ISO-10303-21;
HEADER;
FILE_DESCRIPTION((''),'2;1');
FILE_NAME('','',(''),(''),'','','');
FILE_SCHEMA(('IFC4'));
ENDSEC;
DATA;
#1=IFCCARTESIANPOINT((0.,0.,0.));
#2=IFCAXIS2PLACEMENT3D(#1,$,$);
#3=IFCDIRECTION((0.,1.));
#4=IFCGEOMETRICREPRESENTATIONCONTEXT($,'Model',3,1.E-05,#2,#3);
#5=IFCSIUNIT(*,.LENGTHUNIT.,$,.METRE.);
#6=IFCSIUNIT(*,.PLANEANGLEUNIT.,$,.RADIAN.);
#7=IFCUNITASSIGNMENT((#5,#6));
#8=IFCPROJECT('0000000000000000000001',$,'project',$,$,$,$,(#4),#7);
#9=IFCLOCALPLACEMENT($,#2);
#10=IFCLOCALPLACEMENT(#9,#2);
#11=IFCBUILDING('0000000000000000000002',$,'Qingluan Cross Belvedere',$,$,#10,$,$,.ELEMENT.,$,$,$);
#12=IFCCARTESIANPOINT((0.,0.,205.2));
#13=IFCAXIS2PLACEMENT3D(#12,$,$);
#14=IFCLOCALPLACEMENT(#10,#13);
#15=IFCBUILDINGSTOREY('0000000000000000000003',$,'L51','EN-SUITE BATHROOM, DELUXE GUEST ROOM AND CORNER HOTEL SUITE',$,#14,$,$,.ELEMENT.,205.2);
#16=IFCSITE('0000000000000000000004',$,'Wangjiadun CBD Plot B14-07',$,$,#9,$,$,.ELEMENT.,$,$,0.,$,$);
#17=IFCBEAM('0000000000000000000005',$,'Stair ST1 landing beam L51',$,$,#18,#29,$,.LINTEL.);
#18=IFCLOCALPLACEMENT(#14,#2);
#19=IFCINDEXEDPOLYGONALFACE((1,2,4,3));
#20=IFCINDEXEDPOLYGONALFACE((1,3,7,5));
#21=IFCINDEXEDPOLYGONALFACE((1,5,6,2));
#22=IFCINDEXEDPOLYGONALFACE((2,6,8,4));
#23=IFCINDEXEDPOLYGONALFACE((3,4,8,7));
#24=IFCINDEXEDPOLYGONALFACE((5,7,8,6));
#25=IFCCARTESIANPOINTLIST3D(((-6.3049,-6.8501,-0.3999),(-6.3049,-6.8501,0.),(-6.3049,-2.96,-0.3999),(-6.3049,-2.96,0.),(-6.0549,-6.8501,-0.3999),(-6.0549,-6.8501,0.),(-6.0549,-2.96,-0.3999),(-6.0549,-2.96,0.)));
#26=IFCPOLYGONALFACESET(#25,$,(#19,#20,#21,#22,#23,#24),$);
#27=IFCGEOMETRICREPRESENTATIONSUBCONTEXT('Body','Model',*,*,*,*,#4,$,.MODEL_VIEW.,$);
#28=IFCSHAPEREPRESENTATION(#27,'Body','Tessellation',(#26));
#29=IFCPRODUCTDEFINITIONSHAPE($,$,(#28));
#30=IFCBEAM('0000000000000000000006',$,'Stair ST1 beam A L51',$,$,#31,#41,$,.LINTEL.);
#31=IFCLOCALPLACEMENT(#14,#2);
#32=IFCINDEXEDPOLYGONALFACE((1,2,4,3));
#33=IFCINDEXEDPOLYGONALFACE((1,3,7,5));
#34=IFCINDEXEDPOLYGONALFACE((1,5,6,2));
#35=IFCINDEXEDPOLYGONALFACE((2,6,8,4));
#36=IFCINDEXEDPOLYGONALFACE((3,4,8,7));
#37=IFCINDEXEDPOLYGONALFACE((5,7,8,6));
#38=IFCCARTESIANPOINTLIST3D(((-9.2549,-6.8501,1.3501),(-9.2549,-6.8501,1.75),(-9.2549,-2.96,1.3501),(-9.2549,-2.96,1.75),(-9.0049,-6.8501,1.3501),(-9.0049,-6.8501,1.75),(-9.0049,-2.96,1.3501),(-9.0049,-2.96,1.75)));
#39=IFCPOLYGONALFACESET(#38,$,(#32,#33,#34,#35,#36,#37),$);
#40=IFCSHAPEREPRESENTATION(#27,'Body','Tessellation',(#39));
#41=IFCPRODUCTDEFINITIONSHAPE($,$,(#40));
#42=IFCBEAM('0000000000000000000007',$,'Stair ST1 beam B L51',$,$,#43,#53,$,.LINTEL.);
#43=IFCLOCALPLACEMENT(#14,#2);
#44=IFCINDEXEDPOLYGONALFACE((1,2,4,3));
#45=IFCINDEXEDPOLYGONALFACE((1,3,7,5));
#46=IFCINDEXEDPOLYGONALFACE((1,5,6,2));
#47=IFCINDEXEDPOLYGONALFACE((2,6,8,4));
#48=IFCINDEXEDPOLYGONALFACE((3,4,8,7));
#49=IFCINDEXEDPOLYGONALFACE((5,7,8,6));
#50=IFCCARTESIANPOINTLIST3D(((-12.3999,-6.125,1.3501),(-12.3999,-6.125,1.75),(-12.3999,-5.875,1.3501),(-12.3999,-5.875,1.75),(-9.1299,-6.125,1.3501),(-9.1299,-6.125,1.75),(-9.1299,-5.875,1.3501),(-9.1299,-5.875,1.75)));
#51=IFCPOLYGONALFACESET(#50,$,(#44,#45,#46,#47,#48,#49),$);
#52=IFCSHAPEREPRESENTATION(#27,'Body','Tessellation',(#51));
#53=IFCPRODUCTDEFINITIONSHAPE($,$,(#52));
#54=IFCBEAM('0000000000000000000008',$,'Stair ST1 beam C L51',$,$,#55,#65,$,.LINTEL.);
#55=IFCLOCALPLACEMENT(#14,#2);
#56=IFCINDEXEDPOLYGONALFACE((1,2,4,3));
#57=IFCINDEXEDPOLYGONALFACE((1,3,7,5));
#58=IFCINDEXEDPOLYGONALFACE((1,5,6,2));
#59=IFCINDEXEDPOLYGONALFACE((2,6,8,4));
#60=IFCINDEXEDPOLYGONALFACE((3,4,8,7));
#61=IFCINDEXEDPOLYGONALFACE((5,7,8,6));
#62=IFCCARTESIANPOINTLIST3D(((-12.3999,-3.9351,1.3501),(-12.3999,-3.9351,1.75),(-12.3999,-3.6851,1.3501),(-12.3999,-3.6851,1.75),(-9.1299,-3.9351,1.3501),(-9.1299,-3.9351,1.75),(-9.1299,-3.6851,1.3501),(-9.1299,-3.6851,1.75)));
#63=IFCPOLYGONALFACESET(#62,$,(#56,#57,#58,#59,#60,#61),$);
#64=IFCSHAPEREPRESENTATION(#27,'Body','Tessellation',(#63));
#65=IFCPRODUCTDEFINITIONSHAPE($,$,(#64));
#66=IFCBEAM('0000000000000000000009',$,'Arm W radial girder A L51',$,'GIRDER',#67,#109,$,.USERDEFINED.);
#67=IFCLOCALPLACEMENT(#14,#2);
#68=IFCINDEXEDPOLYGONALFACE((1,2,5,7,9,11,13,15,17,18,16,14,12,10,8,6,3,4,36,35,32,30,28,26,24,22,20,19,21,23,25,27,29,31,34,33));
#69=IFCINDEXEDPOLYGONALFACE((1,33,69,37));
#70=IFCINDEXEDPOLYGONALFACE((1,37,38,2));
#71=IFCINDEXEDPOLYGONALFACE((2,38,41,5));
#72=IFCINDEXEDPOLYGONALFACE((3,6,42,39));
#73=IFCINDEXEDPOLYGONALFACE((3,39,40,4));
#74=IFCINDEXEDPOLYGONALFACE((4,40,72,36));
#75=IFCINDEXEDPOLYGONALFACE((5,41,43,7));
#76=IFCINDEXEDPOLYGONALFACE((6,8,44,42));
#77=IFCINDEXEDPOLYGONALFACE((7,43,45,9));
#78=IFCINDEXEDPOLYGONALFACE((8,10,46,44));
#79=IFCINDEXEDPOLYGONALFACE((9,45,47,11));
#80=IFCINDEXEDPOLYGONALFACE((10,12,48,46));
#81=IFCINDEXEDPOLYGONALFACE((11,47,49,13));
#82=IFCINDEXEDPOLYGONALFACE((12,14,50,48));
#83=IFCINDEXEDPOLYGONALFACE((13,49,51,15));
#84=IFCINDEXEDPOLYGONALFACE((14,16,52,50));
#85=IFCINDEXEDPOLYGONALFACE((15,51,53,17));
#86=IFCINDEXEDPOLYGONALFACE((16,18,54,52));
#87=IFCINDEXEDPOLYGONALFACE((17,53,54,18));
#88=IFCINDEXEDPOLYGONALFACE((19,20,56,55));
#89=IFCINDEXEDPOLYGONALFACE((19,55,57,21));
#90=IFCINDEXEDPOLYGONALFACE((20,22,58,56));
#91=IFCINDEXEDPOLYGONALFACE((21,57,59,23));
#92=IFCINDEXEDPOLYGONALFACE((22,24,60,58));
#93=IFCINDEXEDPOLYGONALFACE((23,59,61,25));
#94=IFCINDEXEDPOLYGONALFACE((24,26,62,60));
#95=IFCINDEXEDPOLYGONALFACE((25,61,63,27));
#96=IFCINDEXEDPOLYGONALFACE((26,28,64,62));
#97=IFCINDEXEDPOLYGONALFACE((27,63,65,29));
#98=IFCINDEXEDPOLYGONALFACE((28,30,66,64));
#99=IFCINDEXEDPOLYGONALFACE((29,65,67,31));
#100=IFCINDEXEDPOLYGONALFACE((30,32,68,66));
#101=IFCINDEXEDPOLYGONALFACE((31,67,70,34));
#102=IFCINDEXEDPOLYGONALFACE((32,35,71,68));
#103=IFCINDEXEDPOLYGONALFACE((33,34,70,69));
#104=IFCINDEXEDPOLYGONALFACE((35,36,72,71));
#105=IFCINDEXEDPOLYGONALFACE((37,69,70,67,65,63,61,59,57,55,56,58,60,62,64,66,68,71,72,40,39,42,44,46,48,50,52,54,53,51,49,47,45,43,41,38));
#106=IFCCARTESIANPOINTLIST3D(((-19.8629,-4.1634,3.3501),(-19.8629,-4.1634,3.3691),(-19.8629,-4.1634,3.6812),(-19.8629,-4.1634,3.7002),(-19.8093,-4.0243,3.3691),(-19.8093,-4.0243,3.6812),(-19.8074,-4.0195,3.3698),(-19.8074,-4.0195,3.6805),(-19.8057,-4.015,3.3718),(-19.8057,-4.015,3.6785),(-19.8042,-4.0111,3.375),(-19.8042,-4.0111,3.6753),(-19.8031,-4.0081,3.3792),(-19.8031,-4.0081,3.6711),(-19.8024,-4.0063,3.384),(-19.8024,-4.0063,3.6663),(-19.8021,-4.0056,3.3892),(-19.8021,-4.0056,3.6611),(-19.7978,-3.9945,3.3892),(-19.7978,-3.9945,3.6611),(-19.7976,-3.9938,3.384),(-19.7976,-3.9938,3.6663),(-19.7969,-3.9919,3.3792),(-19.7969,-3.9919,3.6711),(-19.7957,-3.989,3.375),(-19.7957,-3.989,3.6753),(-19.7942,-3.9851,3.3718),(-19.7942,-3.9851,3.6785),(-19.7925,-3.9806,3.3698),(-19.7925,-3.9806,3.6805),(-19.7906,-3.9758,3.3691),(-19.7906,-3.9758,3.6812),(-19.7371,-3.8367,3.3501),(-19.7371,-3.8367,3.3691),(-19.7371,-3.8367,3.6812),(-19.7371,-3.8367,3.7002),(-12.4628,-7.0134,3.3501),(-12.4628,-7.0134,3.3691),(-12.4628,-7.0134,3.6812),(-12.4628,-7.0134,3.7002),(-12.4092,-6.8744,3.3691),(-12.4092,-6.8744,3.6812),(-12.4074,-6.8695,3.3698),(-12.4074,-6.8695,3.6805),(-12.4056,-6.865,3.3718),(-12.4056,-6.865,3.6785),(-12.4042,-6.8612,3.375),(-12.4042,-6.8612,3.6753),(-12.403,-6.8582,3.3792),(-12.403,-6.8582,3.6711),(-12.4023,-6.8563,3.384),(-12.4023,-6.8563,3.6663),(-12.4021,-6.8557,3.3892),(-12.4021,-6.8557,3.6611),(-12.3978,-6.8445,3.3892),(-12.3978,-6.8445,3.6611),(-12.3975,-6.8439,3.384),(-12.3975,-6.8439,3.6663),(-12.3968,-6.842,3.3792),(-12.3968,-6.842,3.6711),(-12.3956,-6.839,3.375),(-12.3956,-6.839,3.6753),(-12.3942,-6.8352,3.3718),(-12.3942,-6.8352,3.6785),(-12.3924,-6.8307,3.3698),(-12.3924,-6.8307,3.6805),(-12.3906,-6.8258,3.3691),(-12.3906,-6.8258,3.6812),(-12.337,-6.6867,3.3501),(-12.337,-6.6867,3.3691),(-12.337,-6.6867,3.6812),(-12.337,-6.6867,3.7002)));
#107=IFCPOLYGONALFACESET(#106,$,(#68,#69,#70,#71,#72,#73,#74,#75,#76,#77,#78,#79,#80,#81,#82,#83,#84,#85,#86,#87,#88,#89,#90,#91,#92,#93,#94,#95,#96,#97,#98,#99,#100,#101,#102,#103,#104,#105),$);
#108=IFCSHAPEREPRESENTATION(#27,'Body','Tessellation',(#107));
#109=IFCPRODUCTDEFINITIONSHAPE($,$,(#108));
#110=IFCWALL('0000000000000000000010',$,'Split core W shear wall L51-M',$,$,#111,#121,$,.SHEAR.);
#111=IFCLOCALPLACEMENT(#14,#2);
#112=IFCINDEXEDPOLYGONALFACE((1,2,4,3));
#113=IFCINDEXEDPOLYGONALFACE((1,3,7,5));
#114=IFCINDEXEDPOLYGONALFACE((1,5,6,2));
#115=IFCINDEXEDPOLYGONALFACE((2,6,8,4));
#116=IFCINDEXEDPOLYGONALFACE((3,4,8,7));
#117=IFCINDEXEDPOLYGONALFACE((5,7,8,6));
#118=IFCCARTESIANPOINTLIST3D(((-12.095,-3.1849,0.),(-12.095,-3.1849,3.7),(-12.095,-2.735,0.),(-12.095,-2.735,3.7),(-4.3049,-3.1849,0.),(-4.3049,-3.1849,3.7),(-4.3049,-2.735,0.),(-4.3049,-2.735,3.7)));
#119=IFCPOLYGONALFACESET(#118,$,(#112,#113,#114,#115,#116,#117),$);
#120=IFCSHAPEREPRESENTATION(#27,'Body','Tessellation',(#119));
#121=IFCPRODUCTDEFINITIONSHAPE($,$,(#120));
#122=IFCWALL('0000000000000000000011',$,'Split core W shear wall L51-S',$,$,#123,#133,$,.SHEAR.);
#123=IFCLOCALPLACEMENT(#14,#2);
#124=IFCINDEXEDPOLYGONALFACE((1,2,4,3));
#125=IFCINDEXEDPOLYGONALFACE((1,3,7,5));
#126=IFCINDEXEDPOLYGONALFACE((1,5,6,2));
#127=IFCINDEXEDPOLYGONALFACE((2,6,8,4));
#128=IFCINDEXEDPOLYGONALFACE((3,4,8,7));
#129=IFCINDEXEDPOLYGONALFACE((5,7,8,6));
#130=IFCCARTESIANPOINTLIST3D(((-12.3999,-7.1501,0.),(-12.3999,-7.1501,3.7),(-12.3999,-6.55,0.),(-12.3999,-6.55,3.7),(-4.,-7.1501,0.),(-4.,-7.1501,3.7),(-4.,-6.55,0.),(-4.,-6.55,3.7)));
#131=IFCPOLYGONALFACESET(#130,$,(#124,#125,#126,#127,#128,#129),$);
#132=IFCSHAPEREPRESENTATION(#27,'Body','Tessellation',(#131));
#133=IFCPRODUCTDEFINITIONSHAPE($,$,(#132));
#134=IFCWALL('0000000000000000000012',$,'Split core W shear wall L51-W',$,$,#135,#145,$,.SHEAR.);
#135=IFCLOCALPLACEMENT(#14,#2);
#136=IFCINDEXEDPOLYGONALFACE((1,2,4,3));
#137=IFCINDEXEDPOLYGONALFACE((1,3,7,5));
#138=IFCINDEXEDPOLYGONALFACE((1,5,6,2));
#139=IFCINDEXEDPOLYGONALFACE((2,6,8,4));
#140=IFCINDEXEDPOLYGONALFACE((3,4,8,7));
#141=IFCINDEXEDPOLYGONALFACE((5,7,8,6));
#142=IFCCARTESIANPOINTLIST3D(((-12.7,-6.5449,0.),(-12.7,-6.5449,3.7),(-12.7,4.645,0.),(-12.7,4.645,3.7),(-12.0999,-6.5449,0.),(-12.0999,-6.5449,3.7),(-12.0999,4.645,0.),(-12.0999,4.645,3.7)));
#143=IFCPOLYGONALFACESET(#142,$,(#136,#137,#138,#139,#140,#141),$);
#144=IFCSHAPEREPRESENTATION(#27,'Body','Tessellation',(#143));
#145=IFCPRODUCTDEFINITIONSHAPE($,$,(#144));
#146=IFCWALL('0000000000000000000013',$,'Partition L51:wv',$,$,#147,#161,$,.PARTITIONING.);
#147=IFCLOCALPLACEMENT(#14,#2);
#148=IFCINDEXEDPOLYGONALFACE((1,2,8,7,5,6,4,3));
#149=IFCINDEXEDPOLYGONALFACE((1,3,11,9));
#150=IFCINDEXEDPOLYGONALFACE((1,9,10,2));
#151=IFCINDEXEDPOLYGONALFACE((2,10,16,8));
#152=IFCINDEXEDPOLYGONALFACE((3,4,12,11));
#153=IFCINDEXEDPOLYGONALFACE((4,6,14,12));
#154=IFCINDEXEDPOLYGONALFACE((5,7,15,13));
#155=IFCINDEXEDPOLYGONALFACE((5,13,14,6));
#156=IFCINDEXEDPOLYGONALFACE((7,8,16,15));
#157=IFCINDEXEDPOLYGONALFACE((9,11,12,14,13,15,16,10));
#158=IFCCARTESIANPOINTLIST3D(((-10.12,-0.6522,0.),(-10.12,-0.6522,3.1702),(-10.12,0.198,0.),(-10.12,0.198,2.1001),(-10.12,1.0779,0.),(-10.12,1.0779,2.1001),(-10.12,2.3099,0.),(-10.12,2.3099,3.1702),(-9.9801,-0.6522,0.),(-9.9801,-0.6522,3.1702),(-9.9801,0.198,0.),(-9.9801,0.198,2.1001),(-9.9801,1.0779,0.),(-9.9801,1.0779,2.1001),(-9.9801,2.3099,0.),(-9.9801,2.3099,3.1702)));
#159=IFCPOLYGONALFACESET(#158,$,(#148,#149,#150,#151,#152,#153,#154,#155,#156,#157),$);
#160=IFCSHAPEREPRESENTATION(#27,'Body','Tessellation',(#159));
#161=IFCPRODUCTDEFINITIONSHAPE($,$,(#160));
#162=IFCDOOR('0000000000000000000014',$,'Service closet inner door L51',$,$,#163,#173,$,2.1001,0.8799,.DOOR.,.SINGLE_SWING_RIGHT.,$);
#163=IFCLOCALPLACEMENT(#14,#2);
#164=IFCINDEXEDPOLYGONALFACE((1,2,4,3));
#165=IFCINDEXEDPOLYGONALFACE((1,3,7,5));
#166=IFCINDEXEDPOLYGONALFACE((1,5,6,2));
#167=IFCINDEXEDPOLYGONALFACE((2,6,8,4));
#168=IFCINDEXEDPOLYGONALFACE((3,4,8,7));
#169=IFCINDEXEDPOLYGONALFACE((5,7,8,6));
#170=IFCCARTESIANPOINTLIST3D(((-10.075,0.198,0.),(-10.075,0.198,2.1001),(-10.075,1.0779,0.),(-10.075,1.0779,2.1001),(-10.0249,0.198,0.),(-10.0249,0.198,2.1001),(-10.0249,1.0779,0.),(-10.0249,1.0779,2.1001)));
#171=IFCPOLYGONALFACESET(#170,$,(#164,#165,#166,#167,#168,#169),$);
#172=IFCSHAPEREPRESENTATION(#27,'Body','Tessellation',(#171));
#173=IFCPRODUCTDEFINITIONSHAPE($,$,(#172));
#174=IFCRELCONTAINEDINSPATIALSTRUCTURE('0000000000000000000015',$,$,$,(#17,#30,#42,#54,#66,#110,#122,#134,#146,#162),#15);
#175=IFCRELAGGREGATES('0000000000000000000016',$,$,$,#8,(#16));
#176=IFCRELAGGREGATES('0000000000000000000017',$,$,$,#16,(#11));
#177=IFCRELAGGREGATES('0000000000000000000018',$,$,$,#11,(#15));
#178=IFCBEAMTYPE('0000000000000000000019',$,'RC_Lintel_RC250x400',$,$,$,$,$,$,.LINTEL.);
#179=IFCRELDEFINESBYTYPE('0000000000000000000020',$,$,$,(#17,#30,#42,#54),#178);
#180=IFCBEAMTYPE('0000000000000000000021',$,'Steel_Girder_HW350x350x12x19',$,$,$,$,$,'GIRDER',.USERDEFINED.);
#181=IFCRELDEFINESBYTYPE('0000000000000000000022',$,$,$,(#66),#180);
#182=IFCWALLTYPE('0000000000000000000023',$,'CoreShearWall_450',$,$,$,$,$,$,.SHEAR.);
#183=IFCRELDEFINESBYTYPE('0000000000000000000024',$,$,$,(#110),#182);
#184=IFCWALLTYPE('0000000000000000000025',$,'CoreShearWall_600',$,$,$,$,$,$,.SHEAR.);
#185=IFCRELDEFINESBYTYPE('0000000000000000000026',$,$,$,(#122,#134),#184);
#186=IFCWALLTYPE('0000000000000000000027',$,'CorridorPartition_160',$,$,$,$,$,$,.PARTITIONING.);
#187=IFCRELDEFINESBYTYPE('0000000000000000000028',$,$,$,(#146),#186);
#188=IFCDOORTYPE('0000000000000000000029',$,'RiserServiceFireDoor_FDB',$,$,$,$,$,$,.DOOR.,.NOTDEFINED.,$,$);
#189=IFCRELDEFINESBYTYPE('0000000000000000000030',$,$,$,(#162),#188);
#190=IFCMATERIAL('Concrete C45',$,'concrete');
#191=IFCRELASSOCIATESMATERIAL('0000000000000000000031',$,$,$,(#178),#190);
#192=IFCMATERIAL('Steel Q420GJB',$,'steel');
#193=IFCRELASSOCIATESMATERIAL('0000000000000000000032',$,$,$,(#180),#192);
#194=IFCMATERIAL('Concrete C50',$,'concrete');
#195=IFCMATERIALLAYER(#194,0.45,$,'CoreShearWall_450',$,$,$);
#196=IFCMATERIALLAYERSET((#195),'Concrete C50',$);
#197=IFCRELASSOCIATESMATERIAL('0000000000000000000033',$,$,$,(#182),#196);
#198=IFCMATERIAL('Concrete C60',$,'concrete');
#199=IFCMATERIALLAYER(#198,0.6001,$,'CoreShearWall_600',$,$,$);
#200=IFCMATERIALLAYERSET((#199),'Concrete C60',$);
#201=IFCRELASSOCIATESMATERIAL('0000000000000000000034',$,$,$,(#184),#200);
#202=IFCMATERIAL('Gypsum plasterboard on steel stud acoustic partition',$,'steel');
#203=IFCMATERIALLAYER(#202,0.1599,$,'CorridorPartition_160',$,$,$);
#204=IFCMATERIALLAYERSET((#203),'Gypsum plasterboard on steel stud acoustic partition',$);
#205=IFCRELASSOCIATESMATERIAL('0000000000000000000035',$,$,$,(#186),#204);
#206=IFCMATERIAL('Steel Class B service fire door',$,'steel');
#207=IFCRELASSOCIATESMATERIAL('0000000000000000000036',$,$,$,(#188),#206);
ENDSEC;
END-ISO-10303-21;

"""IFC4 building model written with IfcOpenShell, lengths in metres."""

from ifc_helpers import new_model, si_unit, direction, frame, frame_2d, origin, origin_2d, place, context, subcontext, project, spatial, rectangle, i_section, extrude, material, layer, layer_set, material_profile, profile_set, type_object, element, fill, save


model = new_model("IFC4")

# Units and contexts
model_context = context("Model", 3, precision=1e-05, world=origin(), true_north=direction((0.0, 1.0)))
body_context = subcontext(model_context, "Body", "Model", "MODEL_VIEW")
ifc_project = project(units=[si_unit("LENGTHUNIT", "METRE"), si_unit("PLANEANGLEUNIT", "RADIAN")], contexts=[model_context])

# Site, building, storey
site_placement = place(None, origin())
site = spatial("IfcSite", under=ifc_project, at=site_placement, Name="Wangjiadun CBD Plot B14-07", CompositionType="ELEMENT", RefElevation=0.0)
building_placement = place(site_placement, origin())
building = spatial("IfcBuilding", under=site, at=building_placement, Name="Qingluan Cross Belvedere", CompositionType="ELEMENT")
storey_placement = place(building_placement, frame((0.0, 0.0, 205.2)))
storey = spatial("IfcBuildingStorey", under=building, at=storey_placement, Name="L51", Description="EN-SUITE BATHROOM, DELUXE GUEST ROOM AND CORNER HOTEL SUITE", CompositionType="ELEMENT", Elevation=205.2)

# Beams
ifc_material_1 = material(Name="Concrete C45", Category="concrete")
ifc_material_profile_1 = material_profile(ifc_material_1, rectangle(XDim=0.25, YDim=0.3999, at=origin_2d()), Name="RC250x400")
ifc_profile_set_1 = profile_set([ifc_material_profile_1], Name="Concrete C45")
beam_type_1 = type_object("IfcBeamType", Name="RC_Lintel_RC250x400", PredefinedType="LINTEL", material=ifc_profile_set_1)
for number, where, z_axis, x_axis, name in (
    (1, (-6.1799, -6.8501, -0.2), (0.0, 1.0, 0.0), (-1.0, 0.0, 0.0), "Stair ST1 landing beam L51"),
    (2, (-9.1299, -6.8501, 1.55), (0.0, 1.0, 0.0), (-1.0, 0.0, 0.0), "Stair ST1 beam A L51"),
):
    element("IfcBeam", number, at=place(storey_placement, frame(where, z_axis=z_axis, x_axis=x_axis)), inside=storey, type_object=beam_type_1, Name=name, PredefinedType="LINTEL", context=body_context, shape_type="SweptSolid", body=[
        extrude(rectangle(XDim=0.25, YDim=0.3999, at=origin_2d()), origin(), (0.0, 0.0, 1.0), 3.8901),
    ])
for number, where, z_axis, x_axis, name in (
    (3, (-12.3999, -6.0, 1.55), (1.0, 0.0, 0.0), (0.0, 1.0, 0.0), "Stair ST1 beam B L51"),
    (4, (-12.3999, -3.8101, 1.55), (1.0, 0.0, 0.0), (0.0, 1.0, 0.0), "Stair ST1 beam C L51"),
):
    element("IfcBeam", number, at=place(storey_placement, frame(where, z_axis=z_axis, x_axis=x_axis)), inside=storey, type_object=beam_type_1, Name=name, PredefinedType="LINTEL", context=body_context, shape_type="SweptSolid", body=[
        extrude(rectangle(XDim=0.25, YDim=0.3999, at=origin_2d()), origin(), (0.0, 0.0, 1.0), 3.27),
    ])
ifc_material_2 = material(Name="Steel Q420GJB", Category="steel")
ifc_material_profile_2 = material_profile(ifc_material_2, i_section(OverallWidth=0.3501, OverallDepth=0.3501, WebThickness=0.012, FlangeThickness=0.019, FilletRadius=0.02, at=origin_2d()), Name="HW350x350x12x19")
ifc_profile_set_2 = profile_set([ifc_material_profile_2], Name="Steel Q420GJB")
beam_type_2 = type_object("IfcBeamType", Name="Steel_Girder_HW350x350x12x19", ElementType="GIRDER", PredefinedType="USERDEFINED", material=ifc_profile_set_2)
beam_placement = place(storey_placement, frame((-12.3999, -6.8501, 3.5251), z_axis=(-0.933181, 0.359406, 0.0), x_axis=(-0.359406, -0.933181, 0.0)))
element("IfcBeam", 5, at=beam_placement, inside=storey, type_object=beam_type_2, Name="Arm W radial girder A L51", ObjectType="GIRDER", PredefinedType="USERDEFINED", context=body_context, shape_type="SweptSolid", body=[
    extrude(i_section(OverallWidth=0.3501, OverallDepth=0.3501, WebThickness=0.012, FlangeThickness=0.019, FilletRadius=0.02, at=origin_2d()), origin(), (0.0, 0.0, 1.0), 7.9299),
])

# Walls
ifc_material_3 = material(Name="Concrete C50", Category="concrete")
ifc_layer_1 = layer(ifc_material_3, 0.45, Name="CoreShearWall_450")
ifc_layer_set_1 = layer_set([ifc_layer_1], Name="Concrete C50")
wall_type_1 = type_object("IfcWallType", Name="CoreShearWall_450", PredefinedType="SHEAR", material=ifc_layer_set_1)
wall_1_placement = place(storey_placement, frame((-12.095, -2.96, 0.0), z_axis=(0.0, 0.0, 1.0), x_axis=(1.0, 0.0, 0.0)))
element("IfcWall", 6, at=wall_1_placement, inside=storey, type_object=wall_type_1, Name="Split core W shear wall L51-M", PredefinedType="SHEAR", context=body_context, shape_type="SweptSolid", body=[
    extrude(rectangle(XDim=7.79, YDim=0.45, at=frame_2d((3.895, 0.0))), origin(), (0.0, 0.0, 1.0), 3.7),
])
ifc_material_4 = material(Name="Concrete C60", Category="concrete")
ifc_layer_2 = layer(ifc_material_4, 0.6001, Name="CoreShearWall_600")
ifc_layer_set_2 = layer_set([ifc_layer_2], Name="Concrete C60")
wall_type_2 = type_object("IfcWallType", Name="CoreShearWall_600", PredefinedType="SHEAR", material=ifc_layer_set_2)
wall_2_placement = place(storey_placement, frame((-12.3999, -6.8501, 0.0), z_axis=(0.0, 0.0, 1.0), x_axis=(1.0, 0.0, 0.0)))
element("IfcWall", 7, at=wall_2_placement, inside=storey, type_object=wall_type_2, Name="Split core W shear wall L51-S", PredefinedType="SHEAR", context=body_context, shape_type="SweptSolid", body=[
    extrude(rectangle(XDim=8.3999, YDim=0.6001, at=frame_2d((4.2, 0.0))), origin(), (0.0, 0.0, 1.0), 3.7),
])
wall_3_placement = place(storey_placement, frame((-12.3999, -6.5449, 0.0), z_axis=(0.0, 0.0, 1.0), x_axis=(0.0, 1.0, 0.0)))
element("IfcWall", 8, at=wall_3_placement, inside=storey, type_object=wall_type_2, Name="Split core W shear wall L51-W", PredefinedType="SHEAR", context=body_context, shape_type="SweptSolid", body=[
    extrude(rectangle(XDim=11.1899, YDim=0.6001, at=frame_2d((5.595, 0.0))), origin(), (0.0, 0.0, 1.0), 3.7),
])

# Wall, opening, door
ifc_material_5 = material(Name="Gypsum plasterboard on steel stud acoustic partition", Category="steel")
ifc_layer_3 = layer(ifc_material_5, 0.1599, Name="CorridorPartition_160")
ifc_layer_set_3 = layer_set([ifc_layer_3], Name="Gypsum plasterboard on steel stud acoustic partition")
wall_type_3 = type_object("IfcWallType", Name="CorridorPartition_160", PredefinedType="PARTITIONING", material=ifc_layer_set_3)
wall_4_placement = place(storey_placement, frame((-10.05, -0.6521, 0.0), z_axis=(0.0, 0.0, 1.0), x_axis=(0.0, 1.0, 0.0)))
wall_4 = element("IfcWall", 9, at=wall_4_placement, inside=storey, type_object=wall_type_3, Name="Partition L51:wv", PredefinedType="PARTITIONING", context=body_context, shape_type="SweptSolid", body=[
    extrude(rectangle(XDim=2.9622, YDim=0.1399, at=frame_2d((1.481, 0.0))), origin(), (0.0, 0.0, 1.0), 3.1702),
])
opening_1_placement = place(wall_4_placement, frame((0.8501, 0.0, 0.0)))
opening_1 = element("IfcOpeningElement", 10, at=opening_1_placement, cuts=wall_4, PredefinedType="OPENING", context=body_context, shape_type="SweptSolid", body=[
    extrude(rectangle(XDim=0.8799, YDim=2.1001, at=frame_2d((0.4399, 1.05))), frame((0.0, 0.0798, 0.0), z_axis=(0.0, -1.0, 0.0), x_axis=(1.0, 0.0, 0.0)), (0.0, 0.0, 1.0), 0.1599),
])
ifc_material_6 = material(Name="Steel Class B service fire door", Category="steel")
door_type_1 = type_object("IfcDoorType", Name="RiserServiceFireDoor_FDB", OperationType="NOTDEFINED", PredefinedType="DOOR", material=ifc_material_6)
door_1_placement = place(opening_1_placement, origin())
door_1 = element("IfcDoor", 11, at=door_1_placement, inside=storey, type_object=door_type_1, Name="Service closet inner door L51", OperationType="SINGLE_SWING_RIGHT", OverallHeight=2.1001, OverallWidth=0.8799, PredefinedType="DOOR", context=body_context, shape_type="SweptSolid", body=[
    extrude(rectangle(XDim=0.8799, YDim=2.1001, at=frame_2d((0.4399, 1.05))), frame((0.0, 0.0249, 0.0), z_axis=(0.0, -1.0, 0.0), x_axis=(1.0, 0.0, 0.0)), (0.0, 0.0, 1.0), 0.05),
])
fill(opening_1, door_1)

save(model, "model.ifc")
